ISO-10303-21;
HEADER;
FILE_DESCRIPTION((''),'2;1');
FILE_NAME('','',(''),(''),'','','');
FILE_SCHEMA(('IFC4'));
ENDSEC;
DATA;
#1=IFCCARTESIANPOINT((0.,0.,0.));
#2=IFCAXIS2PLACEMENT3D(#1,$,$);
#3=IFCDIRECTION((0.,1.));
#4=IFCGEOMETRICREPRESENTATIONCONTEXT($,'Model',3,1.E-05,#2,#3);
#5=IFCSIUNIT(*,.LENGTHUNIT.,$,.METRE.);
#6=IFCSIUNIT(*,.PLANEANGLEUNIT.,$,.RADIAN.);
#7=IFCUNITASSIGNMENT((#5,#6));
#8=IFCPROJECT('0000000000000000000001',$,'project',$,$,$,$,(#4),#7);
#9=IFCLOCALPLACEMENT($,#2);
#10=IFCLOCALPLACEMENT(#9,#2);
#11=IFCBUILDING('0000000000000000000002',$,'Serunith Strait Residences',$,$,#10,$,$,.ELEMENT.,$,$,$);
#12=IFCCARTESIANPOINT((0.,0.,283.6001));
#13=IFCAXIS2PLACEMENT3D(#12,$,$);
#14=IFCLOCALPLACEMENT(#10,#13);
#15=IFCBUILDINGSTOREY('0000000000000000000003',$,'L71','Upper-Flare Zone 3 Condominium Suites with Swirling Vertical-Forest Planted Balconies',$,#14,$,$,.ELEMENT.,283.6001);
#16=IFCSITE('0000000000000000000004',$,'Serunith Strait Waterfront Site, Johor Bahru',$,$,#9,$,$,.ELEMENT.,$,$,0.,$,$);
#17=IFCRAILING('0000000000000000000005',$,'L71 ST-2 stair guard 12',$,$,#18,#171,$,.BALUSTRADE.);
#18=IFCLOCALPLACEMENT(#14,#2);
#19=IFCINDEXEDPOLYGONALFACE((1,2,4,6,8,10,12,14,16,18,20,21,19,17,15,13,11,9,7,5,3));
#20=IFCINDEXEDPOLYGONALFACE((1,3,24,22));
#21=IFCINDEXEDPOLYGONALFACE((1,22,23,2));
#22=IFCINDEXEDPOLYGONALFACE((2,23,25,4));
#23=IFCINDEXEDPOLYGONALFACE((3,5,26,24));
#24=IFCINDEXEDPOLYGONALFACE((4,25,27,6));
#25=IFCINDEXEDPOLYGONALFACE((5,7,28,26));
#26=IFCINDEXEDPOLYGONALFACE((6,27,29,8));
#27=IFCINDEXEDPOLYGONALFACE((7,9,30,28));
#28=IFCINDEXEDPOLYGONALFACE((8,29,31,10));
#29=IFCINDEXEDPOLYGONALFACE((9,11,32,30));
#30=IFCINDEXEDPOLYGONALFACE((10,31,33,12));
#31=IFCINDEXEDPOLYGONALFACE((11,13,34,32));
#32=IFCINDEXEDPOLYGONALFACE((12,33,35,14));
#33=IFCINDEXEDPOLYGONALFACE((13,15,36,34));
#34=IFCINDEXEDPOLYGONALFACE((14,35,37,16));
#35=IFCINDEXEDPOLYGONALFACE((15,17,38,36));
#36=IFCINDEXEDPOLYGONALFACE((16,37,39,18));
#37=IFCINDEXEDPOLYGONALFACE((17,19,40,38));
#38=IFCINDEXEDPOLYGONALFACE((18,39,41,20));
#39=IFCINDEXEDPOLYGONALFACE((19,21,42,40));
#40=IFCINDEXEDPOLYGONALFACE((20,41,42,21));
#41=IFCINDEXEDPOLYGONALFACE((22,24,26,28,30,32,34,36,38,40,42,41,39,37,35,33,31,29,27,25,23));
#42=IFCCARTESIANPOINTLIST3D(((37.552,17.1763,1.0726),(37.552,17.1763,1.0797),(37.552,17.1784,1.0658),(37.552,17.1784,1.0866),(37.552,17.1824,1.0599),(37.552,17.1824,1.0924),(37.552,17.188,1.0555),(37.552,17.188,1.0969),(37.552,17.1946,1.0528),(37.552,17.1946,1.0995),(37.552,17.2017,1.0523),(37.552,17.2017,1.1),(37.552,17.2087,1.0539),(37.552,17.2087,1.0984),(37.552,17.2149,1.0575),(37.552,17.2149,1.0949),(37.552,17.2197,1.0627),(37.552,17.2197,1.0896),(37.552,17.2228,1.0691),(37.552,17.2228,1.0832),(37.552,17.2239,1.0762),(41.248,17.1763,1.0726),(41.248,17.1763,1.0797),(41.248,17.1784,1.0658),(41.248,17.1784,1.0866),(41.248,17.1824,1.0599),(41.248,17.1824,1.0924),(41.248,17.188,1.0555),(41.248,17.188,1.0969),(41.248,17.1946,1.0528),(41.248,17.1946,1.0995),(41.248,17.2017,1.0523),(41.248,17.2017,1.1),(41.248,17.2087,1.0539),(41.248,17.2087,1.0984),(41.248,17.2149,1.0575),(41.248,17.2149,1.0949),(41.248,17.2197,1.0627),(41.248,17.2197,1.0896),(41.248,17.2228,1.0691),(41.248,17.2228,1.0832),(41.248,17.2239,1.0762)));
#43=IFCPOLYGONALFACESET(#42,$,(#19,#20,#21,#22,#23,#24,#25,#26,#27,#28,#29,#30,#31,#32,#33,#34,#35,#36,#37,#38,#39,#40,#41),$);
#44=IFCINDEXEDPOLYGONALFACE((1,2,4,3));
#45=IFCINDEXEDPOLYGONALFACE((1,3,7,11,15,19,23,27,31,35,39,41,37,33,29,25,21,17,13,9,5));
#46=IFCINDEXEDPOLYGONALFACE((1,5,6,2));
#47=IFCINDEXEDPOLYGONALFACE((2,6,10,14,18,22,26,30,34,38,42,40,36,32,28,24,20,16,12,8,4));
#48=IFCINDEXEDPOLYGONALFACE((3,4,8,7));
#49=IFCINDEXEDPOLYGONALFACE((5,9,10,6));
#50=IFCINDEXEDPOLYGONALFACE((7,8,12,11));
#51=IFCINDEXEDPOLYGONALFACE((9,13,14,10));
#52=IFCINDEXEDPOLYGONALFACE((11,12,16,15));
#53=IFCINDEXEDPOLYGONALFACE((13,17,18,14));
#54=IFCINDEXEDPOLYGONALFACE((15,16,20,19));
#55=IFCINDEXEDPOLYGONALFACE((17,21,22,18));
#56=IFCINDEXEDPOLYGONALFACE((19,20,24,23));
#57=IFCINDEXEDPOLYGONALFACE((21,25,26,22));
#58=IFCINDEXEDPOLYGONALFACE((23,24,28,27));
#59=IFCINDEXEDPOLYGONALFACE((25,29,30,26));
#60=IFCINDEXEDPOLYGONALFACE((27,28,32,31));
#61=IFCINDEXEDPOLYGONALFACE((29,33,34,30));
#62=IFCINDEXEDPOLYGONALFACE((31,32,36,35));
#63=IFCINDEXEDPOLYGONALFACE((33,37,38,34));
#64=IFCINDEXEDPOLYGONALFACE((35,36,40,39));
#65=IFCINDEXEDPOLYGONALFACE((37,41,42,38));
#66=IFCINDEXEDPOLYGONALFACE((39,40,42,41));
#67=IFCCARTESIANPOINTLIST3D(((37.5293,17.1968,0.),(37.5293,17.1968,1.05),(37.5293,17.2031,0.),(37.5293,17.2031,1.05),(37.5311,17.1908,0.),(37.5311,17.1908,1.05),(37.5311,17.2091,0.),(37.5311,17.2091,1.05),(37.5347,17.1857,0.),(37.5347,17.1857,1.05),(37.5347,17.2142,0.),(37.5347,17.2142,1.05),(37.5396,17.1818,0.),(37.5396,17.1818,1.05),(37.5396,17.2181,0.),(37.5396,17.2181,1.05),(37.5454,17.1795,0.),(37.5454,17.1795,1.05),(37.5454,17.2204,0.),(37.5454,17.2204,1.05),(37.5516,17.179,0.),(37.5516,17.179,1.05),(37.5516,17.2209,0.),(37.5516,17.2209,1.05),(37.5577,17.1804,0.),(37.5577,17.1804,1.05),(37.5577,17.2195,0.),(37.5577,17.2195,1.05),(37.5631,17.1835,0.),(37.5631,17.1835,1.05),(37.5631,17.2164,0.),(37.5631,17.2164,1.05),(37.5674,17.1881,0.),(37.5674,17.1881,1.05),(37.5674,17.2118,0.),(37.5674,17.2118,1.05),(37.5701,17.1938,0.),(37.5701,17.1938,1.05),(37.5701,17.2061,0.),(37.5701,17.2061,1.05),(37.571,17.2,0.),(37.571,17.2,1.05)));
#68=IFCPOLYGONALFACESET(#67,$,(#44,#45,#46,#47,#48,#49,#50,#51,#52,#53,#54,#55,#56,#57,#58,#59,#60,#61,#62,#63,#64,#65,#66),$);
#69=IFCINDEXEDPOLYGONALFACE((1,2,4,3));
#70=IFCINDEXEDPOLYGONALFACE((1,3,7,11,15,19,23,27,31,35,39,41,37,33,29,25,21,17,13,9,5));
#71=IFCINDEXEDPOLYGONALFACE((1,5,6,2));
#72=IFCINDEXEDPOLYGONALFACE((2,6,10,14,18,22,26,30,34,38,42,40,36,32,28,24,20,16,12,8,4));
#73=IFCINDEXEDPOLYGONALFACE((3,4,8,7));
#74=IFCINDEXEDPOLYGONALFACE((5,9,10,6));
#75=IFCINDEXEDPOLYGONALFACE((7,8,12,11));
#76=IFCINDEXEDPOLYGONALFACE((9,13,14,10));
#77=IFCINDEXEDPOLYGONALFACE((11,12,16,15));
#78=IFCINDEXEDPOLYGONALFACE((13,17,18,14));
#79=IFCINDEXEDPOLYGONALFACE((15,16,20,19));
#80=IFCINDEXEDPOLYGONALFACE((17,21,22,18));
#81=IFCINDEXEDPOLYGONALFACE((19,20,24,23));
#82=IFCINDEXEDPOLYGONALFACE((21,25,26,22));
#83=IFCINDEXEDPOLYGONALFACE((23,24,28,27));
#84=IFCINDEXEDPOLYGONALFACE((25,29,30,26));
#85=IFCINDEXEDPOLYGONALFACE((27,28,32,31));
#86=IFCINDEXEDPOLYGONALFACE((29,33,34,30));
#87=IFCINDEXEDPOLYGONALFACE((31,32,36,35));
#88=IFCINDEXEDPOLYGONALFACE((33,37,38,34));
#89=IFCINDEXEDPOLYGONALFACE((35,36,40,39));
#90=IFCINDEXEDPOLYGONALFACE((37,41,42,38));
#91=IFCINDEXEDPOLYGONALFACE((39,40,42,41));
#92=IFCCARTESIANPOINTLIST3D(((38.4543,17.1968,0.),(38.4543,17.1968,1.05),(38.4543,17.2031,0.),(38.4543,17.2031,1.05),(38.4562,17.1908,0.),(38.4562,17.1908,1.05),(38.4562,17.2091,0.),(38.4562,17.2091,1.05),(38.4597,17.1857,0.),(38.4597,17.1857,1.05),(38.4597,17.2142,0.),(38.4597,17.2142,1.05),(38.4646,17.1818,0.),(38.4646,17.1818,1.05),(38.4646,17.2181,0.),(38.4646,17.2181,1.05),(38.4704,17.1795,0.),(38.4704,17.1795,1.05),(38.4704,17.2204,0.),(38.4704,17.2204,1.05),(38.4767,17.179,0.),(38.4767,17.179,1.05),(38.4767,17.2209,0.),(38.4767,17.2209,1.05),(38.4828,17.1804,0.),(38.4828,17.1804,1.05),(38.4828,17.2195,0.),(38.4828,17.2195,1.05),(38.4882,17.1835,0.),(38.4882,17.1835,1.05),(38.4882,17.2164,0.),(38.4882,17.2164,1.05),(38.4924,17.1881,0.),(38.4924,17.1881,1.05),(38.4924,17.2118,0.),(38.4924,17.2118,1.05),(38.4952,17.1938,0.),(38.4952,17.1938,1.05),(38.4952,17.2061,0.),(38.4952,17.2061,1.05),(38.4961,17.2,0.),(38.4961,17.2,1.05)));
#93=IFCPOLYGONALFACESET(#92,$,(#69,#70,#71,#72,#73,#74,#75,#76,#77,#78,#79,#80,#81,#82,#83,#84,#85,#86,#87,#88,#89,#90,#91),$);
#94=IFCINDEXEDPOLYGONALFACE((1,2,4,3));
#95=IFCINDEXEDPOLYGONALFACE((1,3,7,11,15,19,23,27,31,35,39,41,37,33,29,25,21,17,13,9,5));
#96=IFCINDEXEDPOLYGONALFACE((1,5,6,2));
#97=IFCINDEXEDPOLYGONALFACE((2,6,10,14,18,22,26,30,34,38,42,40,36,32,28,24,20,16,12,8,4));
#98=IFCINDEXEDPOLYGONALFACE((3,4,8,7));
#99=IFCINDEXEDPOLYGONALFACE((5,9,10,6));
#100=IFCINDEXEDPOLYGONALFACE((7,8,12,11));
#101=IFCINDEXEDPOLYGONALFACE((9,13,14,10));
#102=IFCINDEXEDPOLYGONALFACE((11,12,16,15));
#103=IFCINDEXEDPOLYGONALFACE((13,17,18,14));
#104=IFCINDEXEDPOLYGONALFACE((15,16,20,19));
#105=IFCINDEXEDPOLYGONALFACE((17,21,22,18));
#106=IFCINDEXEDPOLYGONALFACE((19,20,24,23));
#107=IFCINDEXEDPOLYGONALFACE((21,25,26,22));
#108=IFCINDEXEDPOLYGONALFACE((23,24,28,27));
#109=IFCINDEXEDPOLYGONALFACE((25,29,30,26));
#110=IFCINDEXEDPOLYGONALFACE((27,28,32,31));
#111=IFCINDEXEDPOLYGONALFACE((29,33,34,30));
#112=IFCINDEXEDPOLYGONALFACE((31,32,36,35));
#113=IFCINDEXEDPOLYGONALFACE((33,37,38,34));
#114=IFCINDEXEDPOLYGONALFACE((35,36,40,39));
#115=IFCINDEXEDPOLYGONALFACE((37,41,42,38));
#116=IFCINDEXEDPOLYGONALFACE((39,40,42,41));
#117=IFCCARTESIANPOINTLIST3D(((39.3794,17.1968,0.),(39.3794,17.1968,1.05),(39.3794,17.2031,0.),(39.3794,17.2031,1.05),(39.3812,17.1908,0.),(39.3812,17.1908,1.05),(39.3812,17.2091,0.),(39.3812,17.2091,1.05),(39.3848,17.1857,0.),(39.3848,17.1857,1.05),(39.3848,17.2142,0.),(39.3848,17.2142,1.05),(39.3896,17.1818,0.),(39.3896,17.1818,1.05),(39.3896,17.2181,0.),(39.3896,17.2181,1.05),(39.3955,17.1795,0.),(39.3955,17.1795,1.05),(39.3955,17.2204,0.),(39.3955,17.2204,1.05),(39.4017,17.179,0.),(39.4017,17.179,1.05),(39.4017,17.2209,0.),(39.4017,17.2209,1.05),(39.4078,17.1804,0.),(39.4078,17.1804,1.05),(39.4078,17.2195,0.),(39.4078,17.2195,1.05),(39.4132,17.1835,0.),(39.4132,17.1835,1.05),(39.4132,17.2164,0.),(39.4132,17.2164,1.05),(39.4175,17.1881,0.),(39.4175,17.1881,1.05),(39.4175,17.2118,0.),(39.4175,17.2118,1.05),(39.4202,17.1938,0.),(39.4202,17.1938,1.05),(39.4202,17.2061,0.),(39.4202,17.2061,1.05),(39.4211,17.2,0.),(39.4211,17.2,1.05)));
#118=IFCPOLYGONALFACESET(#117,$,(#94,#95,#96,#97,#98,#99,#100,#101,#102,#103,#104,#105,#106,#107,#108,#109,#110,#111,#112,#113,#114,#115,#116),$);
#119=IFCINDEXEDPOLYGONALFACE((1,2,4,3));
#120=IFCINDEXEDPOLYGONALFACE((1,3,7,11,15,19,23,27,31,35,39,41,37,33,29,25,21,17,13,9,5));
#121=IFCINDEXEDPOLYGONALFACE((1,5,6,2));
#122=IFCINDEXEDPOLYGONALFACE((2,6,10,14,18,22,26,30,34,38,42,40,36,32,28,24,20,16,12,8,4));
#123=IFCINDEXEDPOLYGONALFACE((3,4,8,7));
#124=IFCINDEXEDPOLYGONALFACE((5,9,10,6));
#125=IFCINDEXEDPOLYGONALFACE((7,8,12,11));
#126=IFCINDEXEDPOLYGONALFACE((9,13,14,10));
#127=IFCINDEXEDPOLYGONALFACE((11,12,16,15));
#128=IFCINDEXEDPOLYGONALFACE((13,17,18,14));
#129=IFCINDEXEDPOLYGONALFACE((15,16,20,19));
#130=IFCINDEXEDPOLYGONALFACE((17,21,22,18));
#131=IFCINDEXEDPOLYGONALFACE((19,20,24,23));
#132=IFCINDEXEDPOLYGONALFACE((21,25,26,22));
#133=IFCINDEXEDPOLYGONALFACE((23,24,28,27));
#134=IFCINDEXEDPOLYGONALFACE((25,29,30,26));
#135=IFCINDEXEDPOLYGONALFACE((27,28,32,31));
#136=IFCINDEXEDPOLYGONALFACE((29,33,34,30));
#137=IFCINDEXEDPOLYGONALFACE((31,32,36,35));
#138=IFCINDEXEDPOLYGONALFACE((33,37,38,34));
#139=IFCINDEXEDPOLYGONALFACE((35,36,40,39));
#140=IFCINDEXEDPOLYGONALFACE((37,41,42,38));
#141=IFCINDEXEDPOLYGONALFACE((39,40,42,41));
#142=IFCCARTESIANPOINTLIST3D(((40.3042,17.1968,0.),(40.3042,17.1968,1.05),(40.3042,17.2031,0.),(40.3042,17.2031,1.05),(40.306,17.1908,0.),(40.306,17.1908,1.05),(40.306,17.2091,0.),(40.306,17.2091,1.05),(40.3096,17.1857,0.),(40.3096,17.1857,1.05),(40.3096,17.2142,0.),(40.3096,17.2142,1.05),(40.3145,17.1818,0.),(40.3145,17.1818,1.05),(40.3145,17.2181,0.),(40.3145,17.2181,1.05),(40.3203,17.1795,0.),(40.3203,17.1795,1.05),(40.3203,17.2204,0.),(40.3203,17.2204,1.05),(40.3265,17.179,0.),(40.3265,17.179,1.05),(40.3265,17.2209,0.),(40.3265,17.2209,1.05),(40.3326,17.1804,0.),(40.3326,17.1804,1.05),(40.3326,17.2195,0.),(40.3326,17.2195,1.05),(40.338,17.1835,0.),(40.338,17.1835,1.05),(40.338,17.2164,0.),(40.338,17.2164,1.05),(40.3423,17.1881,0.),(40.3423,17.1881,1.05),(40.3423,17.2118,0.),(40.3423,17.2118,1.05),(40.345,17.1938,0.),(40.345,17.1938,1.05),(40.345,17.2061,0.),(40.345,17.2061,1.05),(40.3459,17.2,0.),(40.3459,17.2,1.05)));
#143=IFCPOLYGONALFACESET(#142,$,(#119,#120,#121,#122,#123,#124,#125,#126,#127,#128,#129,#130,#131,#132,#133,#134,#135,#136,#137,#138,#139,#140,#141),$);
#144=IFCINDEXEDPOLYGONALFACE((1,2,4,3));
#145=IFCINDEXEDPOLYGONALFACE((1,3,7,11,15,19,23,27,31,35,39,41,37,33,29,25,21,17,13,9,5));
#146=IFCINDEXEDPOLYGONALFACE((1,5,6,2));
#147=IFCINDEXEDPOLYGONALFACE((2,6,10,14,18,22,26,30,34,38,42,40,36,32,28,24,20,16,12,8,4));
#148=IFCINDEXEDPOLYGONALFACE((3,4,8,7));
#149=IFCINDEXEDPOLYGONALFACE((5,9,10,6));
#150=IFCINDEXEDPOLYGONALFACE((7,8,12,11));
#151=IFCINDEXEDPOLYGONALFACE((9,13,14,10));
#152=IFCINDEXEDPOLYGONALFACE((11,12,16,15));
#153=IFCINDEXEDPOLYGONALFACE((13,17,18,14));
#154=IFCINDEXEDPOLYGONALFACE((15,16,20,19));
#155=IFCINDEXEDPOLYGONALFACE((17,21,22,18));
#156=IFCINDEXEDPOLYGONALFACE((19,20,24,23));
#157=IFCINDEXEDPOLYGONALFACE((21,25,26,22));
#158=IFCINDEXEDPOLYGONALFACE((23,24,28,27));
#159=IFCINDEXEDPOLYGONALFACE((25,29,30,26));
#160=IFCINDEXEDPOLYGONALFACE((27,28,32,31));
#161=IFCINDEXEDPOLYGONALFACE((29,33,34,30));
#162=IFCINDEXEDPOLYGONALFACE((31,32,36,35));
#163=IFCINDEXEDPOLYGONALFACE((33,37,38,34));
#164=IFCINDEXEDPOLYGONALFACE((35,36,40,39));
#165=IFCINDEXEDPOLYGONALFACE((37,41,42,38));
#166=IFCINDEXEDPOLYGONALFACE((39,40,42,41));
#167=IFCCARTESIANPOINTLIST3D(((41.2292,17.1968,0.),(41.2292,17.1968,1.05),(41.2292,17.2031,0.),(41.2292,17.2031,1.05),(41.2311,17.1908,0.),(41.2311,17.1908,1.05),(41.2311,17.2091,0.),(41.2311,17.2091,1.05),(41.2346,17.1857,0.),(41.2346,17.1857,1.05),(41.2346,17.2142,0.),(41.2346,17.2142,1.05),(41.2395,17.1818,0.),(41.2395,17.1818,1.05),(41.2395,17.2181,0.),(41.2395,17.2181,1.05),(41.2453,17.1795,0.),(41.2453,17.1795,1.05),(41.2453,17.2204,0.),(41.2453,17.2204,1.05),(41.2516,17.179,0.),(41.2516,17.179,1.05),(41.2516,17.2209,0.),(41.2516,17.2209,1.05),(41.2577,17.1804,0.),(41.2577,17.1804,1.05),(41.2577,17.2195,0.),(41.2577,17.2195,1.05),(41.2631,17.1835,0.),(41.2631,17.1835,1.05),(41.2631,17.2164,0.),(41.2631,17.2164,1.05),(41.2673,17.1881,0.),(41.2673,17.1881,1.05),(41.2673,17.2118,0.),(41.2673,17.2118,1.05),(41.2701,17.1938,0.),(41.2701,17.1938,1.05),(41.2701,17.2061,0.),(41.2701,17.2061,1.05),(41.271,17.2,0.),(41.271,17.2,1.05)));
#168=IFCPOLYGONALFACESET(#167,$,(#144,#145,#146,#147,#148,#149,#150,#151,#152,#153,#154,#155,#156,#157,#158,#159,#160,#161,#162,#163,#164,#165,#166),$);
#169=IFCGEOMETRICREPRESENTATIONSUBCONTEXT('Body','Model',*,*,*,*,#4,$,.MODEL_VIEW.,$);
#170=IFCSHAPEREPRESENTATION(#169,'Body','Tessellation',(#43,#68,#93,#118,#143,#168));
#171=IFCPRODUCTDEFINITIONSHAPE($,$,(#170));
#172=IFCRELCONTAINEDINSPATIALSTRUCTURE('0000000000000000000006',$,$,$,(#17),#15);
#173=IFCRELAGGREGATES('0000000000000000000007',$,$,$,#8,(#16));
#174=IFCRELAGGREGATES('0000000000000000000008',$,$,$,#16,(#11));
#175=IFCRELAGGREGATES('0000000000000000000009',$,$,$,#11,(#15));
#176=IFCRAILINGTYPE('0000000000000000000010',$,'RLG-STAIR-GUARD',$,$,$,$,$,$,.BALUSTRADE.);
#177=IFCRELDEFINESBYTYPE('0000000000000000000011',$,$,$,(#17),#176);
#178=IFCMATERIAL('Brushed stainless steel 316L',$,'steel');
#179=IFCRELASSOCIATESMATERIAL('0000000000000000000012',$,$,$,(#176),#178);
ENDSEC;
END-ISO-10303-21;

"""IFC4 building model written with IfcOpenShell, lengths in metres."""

from ifc_helpers import new_model, si_unit, direction, frame, origin, origin_2d, place, context, subcontext, project, spatial, circle, extrude, material, type_object, element, save


model = new_model("IFC4")

# Units and contexts
model_context = context("Model", 3, precision=1e-05, world=origin(), true_north=direction((0.0, 1.0)))
body_context = subcontext(model_context, "Body", "Model", "MODEL_VIEW")
ifc_project = project(units=[si_unit("LENGTHUNIT", "METRE"), si_unit("PLANEANGLEUNIT", "RADIAN")], contexts=[model_context])

# Site, building, storey
site_placement = place(None, origin())
site = spatial("IfcSite", under=ifc_project, at=site_placement, Name="Serunith Strait Waterfront Site, Johor Bahru", CompositionType="ELEMENT", RefElevation=0.0)
building_placement = place(site_placement, origin())
building = spatial("IfcBuilding", under=site, at=building_placement, Name="Serunith Strait Residences", CompositionType="ELEMENT")
storey_placement = place(building_placement, frame((0.0, 0.0, 283.6001)))
storey = spatial("IfcBuildingStorey", under=building, at=storey_placement, Name="L71", Description="Upper-Flare Zone 3 Condominium Suites with Swirling Vertical-Forest Planted Balconies", CompositionType="ELEMENT", Elevation=283.6001)

# Railing
ifc_material_1 = material(Name="Brushed stainless steel 316L", Category="steel")
railing_type_1 = type_object("IfcRailingType", Name="RLG-STAIR-GUARD", PredefinedType="BALUSTRADE", material=ifc_material_1)
railing_1_placement = place(storey_placement, frame((37.55, 17.2, 0.0)))
element("IfcRailing", 1, at=railing_1_placement, inside=storey, type_object=railing_type_1, Name="L71 ST-2 stair guard 12", PredefinedType="BALUSTRADE", context=body_context, shape_type="SweptSolid", body=[
    extrude(circle(Radius=0.0239, at=origin_2d()), frame((0.002, 0.0, 1.0762), z_axis=(1.0, 0.0, 0.0), x_axis=(0.0, 1.0, 0.0)), (0.0, 0.0, 1.0), 3.696),
    extrude(circle(Radius=0.021, at=origin_2d()), origin(), (0.0, 0.0, 1.0), 1.05),
    extrude(circle(Radius=0.021, at=origin_2d()), frame((0.925, 0.0, 0.0)), (0.0, 0.0, 1.0), 1.05),
    extrude(circle(Radius=0.021, at=origin_2d()), frame((1.8501, 0.0, 0.0)), (0.0, 0.0, 1.0), 1.05),
    extrude(circle(Radius=0.021, at=origin_2d()), frame((2.7749, 0.0, 0.0)), (0.0, 0.0, 1.0), 1.05),
    extrude(circle(Radius=0.021, at=origin_2d()), frame((3.7, 0.0, 0.0)), (0.0, 0.0, 1.0), 1.05),
])

save(model, "model.ifc")
